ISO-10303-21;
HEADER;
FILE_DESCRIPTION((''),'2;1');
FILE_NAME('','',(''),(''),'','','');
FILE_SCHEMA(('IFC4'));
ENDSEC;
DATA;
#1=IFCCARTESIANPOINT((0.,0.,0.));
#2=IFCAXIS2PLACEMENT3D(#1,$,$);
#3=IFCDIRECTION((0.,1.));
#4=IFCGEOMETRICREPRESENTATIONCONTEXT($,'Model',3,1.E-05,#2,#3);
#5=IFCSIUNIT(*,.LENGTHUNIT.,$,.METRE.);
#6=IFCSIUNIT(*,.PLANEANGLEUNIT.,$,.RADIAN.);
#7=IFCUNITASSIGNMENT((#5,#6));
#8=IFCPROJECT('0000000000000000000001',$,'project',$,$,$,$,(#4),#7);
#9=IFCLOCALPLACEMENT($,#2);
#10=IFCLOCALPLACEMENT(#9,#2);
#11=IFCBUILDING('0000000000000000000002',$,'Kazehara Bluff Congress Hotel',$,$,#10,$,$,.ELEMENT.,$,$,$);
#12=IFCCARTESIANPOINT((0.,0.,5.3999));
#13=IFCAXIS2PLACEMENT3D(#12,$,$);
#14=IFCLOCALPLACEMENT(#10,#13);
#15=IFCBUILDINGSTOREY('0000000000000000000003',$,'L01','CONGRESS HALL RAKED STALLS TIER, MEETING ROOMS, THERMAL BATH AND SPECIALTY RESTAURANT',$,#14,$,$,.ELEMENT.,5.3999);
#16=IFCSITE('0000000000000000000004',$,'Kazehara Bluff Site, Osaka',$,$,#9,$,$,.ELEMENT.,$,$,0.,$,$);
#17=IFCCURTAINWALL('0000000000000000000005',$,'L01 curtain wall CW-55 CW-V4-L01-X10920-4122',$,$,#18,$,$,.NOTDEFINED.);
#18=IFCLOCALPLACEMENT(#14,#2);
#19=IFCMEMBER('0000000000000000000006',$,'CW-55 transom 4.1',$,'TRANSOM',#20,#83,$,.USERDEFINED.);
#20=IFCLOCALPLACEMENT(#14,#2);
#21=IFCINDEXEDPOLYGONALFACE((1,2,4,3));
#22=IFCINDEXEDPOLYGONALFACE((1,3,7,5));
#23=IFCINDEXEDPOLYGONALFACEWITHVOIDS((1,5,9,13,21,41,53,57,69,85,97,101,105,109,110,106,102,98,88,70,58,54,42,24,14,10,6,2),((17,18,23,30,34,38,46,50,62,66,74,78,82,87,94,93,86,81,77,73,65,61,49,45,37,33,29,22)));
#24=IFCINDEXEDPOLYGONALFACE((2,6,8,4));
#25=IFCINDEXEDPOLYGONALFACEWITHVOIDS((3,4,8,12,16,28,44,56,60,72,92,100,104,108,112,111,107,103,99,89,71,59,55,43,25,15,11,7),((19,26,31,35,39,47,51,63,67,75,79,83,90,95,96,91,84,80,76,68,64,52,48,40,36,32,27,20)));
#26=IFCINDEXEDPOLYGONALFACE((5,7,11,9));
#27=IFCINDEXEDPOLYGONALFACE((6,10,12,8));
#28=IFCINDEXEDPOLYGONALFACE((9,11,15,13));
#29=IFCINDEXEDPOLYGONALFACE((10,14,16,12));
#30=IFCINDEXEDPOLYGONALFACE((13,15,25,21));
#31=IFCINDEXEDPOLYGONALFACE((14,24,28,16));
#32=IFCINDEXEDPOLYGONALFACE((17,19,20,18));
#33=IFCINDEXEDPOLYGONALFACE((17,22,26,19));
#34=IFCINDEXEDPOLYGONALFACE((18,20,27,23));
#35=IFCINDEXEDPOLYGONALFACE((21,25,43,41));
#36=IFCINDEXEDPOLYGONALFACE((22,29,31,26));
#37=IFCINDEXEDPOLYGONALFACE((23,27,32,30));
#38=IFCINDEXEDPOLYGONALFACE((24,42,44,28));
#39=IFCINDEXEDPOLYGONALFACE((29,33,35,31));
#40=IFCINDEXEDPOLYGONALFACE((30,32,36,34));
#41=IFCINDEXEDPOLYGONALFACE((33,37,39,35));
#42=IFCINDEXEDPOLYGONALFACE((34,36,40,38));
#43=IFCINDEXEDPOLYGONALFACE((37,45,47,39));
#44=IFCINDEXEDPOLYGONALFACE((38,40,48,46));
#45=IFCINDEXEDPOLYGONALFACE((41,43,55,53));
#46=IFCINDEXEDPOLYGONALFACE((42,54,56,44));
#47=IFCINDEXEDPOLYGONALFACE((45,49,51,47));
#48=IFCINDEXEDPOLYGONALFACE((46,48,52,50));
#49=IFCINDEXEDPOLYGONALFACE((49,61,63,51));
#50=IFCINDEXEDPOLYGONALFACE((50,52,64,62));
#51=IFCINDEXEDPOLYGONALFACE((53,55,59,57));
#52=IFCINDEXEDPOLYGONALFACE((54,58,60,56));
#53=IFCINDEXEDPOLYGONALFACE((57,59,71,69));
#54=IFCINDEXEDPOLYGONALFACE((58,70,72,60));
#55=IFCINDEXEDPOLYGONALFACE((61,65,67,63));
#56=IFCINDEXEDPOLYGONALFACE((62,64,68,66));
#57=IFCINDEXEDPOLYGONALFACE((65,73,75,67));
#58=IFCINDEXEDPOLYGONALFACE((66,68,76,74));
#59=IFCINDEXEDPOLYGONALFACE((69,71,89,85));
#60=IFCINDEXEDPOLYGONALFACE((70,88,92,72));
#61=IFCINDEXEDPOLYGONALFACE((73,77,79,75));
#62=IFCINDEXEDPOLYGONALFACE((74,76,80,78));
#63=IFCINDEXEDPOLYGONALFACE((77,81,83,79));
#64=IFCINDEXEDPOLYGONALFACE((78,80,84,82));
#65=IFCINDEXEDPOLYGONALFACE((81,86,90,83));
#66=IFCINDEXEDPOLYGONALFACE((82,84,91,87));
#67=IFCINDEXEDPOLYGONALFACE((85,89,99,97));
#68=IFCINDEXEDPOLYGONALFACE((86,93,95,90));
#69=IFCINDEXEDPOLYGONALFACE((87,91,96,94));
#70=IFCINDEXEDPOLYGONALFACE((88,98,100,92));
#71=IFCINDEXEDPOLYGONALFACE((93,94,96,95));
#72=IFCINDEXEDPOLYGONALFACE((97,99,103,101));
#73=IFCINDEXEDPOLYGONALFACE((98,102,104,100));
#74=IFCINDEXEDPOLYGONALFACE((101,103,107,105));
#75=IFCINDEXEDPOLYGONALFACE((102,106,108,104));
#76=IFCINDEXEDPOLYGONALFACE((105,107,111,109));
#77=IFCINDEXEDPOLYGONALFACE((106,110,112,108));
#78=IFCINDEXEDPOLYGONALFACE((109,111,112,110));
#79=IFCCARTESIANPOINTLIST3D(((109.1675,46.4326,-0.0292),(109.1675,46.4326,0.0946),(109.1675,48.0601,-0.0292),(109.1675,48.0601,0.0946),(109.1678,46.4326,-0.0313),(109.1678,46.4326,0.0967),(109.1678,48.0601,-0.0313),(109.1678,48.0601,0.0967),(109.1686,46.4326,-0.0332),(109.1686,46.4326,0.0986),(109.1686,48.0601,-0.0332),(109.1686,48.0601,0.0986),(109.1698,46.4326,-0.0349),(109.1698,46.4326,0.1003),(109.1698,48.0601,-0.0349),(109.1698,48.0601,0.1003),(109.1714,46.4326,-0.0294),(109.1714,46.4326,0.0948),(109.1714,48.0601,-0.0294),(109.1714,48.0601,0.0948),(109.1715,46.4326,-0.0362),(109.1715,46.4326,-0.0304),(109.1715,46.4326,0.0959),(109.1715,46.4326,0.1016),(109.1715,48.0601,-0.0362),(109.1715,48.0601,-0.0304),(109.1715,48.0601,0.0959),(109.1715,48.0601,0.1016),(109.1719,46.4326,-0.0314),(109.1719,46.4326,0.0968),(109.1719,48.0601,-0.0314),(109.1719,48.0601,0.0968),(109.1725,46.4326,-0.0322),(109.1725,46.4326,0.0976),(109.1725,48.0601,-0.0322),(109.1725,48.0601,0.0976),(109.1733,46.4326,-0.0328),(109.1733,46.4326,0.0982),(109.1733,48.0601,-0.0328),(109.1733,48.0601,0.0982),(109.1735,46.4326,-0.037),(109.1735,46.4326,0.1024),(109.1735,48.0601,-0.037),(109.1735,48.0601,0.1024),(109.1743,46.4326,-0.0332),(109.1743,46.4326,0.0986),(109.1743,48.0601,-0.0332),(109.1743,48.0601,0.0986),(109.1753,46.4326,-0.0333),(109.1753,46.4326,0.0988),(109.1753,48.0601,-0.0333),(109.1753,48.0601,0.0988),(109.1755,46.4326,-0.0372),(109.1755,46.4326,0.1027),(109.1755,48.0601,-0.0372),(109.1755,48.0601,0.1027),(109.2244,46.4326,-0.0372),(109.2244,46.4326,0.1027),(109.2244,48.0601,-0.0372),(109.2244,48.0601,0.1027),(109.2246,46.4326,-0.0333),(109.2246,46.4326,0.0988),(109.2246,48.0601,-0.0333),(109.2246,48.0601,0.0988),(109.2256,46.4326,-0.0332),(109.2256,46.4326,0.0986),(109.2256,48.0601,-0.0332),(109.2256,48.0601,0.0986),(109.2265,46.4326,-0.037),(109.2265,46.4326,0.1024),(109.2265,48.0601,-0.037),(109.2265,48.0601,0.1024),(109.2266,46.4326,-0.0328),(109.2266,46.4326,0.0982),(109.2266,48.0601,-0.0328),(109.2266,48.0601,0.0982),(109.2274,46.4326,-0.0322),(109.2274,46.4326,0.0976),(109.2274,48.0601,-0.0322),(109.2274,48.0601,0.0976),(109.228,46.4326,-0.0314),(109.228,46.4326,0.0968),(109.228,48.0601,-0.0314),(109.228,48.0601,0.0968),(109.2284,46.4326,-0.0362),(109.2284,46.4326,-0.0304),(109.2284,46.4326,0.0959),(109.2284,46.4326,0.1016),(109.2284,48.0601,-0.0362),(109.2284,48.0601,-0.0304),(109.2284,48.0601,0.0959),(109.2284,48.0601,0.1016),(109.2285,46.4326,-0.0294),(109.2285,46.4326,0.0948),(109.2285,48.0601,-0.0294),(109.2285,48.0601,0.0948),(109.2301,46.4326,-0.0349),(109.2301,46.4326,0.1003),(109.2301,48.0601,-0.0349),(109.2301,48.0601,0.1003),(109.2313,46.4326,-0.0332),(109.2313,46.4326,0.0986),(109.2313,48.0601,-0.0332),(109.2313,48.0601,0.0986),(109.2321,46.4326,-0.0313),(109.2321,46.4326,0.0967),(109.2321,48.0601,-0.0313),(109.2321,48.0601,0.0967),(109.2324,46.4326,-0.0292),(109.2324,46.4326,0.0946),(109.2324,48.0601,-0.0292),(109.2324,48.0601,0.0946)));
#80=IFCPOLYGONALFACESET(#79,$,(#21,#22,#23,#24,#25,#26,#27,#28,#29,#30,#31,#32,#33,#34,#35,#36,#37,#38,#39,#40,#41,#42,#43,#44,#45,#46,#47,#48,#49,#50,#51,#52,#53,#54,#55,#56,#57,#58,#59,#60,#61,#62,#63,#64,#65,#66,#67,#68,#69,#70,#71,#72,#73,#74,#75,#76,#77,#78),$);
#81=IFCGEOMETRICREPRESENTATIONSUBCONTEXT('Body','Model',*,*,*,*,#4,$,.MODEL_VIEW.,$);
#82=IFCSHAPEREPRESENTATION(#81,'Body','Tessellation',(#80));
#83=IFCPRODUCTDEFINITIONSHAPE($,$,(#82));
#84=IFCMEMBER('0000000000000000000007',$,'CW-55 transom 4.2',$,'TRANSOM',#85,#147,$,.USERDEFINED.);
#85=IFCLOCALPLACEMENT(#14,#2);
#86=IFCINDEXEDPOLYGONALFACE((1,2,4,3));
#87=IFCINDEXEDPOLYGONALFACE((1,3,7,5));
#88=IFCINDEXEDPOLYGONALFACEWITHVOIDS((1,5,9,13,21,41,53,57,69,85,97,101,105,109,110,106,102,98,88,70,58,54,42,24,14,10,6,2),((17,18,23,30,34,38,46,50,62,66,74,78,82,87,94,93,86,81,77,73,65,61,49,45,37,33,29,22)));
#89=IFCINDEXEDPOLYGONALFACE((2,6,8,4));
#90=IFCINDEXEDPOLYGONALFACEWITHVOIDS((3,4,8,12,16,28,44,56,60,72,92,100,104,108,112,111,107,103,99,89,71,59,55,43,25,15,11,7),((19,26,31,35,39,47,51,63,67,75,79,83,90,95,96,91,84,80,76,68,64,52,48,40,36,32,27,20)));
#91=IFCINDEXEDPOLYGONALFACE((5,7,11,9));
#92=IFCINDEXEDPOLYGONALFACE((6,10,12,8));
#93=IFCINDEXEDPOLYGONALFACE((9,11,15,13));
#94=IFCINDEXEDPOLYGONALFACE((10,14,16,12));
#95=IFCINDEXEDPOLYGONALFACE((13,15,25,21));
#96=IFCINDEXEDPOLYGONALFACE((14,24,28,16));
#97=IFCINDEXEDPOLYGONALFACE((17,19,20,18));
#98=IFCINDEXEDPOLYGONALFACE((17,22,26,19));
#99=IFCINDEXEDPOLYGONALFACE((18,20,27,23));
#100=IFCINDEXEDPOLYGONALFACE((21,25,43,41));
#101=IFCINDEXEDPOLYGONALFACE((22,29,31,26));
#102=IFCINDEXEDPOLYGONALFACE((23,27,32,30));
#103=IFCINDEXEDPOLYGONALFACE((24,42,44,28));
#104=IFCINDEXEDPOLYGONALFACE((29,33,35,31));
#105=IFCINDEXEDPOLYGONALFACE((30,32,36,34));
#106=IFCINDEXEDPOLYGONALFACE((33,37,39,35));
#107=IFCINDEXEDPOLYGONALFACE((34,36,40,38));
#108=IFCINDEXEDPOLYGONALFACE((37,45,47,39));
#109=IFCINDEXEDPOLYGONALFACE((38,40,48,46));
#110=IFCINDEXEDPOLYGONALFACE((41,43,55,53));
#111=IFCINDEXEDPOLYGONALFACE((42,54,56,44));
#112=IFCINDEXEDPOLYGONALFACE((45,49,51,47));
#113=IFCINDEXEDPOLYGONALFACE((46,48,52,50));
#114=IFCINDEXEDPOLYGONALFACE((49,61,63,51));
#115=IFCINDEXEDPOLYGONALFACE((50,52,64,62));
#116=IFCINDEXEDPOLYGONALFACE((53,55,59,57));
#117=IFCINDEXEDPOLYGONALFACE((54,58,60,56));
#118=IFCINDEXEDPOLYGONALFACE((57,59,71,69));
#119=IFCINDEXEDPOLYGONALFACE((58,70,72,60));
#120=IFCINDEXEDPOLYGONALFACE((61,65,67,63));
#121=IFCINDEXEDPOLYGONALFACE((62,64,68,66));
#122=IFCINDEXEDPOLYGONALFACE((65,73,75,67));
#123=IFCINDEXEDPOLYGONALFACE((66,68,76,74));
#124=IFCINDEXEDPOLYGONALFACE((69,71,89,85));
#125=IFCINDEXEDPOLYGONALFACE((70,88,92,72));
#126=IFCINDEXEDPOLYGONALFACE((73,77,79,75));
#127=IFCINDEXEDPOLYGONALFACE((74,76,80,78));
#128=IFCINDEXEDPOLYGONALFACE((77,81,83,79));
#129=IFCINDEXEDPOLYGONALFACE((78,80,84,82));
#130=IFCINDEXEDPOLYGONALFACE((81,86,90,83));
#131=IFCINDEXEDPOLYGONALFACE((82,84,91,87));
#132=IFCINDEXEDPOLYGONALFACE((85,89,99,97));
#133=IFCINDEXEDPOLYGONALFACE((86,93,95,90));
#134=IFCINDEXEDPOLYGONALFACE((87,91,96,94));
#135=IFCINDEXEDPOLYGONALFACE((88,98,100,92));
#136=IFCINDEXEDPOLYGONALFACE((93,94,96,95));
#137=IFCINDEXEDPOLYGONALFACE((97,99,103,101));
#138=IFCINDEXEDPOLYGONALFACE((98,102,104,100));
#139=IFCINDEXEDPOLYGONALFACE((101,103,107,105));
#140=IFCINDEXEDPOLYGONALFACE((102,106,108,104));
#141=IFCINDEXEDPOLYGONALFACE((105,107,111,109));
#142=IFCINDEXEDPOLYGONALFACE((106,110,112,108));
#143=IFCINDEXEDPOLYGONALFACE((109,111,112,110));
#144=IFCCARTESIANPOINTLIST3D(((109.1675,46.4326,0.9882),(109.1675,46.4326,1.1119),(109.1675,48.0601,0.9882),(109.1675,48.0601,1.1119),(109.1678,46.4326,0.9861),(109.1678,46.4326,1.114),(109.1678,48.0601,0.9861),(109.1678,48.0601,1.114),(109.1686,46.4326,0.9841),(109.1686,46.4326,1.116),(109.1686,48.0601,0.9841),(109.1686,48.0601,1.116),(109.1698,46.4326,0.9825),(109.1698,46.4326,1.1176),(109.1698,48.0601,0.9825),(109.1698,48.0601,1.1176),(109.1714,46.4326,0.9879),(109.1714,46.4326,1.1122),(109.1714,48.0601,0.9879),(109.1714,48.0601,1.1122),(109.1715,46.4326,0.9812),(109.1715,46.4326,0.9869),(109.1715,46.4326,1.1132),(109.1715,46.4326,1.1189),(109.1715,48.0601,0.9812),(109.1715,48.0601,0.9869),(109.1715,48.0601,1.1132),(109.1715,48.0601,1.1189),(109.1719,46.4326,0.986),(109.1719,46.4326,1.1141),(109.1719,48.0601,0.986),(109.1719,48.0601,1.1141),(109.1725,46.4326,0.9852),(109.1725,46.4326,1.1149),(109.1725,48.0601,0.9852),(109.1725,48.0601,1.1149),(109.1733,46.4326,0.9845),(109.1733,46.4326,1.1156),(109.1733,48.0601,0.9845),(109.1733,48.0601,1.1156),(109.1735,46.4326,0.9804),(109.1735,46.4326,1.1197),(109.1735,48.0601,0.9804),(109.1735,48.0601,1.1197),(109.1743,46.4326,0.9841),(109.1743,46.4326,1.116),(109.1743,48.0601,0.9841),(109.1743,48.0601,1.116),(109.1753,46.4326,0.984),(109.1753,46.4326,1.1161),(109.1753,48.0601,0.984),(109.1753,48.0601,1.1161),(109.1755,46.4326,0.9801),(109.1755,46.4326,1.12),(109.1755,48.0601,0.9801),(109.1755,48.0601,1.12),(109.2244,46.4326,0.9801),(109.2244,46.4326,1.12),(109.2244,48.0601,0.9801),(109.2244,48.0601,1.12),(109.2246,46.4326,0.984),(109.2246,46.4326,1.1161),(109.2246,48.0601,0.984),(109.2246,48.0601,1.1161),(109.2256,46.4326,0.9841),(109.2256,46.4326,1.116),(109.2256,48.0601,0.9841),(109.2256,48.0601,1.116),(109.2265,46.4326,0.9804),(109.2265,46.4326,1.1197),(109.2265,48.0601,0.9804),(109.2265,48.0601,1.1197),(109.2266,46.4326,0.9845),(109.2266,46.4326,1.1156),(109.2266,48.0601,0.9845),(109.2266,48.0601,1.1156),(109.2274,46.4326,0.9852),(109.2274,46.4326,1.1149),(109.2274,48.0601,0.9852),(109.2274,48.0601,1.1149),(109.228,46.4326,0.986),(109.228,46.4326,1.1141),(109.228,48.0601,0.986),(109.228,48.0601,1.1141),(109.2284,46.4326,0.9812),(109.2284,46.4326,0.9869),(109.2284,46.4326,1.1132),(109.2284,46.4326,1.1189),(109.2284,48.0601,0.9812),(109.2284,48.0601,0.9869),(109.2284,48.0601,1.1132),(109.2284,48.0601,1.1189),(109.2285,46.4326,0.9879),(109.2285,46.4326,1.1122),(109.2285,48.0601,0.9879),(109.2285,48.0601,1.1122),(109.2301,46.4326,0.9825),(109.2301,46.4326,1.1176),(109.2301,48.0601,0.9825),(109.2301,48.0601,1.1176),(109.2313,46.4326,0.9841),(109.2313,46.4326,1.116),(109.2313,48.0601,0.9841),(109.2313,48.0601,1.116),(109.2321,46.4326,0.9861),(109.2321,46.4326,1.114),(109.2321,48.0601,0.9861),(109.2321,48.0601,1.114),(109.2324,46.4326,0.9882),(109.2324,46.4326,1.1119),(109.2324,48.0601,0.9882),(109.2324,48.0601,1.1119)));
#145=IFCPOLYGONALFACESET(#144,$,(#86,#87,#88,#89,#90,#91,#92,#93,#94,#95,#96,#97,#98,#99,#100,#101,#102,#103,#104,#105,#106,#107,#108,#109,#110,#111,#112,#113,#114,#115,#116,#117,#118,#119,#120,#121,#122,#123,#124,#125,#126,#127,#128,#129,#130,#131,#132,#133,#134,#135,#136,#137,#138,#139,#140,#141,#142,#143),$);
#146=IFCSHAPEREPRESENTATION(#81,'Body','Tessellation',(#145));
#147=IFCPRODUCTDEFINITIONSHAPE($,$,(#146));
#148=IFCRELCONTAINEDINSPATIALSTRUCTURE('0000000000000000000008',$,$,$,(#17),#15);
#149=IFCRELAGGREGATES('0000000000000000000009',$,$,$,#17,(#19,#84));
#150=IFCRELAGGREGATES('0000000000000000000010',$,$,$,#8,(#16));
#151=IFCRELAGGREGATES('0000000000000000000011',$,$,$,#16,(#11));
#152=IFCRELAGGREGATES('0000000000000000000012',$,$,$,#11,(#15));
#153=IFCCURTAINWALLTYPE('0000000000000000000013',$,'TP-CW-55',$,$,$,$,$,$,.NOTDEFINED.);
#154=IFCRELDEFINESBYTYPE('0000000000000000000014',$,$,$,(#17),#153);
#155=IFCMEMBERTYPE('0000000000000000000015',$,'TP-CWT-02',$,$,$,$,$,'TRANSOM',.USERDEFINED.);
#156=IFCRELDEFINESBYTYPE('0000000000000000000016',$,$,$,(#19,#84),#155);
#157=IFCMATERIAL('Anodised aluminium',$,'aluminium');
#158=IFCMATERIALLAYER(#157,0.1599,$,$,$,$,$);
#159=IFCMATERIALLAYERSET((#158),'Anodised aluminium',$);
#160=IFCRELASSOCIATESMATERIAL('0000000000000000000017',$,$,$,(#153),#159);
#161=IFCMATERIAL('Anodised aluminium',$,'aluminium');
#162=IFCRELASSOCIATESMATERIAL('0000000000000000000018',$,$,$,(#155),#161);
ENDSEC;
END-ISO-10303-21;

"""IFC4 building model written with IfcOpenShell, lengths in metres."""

from ifc_helpers import new_model, si_unit, direction, frame, origin, origin_2d, place, context, subcontext, project, spatial, hollow_rectangle, extrude, material, layer, layer_set, material_profile, profile_set, type_object, element, aggregate, save


model = new_model("IFC4")

# Units and contexts
model_context = context("Model", 3, precision=1e-05, world=origin(), true_north=direction((0.0, 1.0)))
body_context = subcontext(model_context, "Body", "Model", "MODEL_VIEW")
ifc_project = project(units=[si_unit("LENGTHUNIT", "METRE"), si_unit("PLANEANGLEUNIT", "RADIAN")], contexts=[model_context])

# Site, building, storey
site_placement = place(None, origin())
site = spatial("IfcSite", under=ifc_project, at=site_placement, Name="Kazehara Bluff Site, Osaka", CompositionType="ELEMENT", RefElevation=0.0)
building_placement = place(site_placement, origin())
building = spatial("IfcBuilding", under=site, at=building_placement, Name="Kazehara Bluff Congress Hotel", CompositionType="ELEMENT")
storey_placement = place(building_placement, frame((0.0, 0.0, 5.3999)))
storey = spatial("IfcBuildingStorey", under=building, at=storey_placement, Name="L01", Description="CONGRESS HALL RAKED STALLS TIER, MEETING ROOMS, THERMAL BATH AND SPECIALTY RESTAURANT", CompositionType="ELEMENT", Elevation=5.3999)

# Curtain wall
ifc_material_1 = material(Name="Anodised aluminium", Category="aluminium")
ifc_layer_1 = layer(ifc_material_1, 0.1599)
ifc_layer_set_1 = layer_set([ifc_layer_1], Name="Anodised aluminium")
curtain_wall_type_1 = type_object("IfcCurtainWallType", Name="TP-CW-55", PredefinedType="NOTDEFINED", material=ifc_layer_set_1)
curtain_wall_1_placement = place(storey_placement, origin())
curtain_wall_1 = element("IfcCurtainWall", 1, at=curtain_wall_1_placement, inside=storey, type_object=curtain_wall_type_1, Name="L01 curtain wall CW-55 CW-V4-L01-X10920-4122", PredefinedType="NOTDEFINED")

# Members
ifc_material_2 = material(Name="Anodised aluminium", Category="aluminium")
ifc_material_profile_1 = material_profile(ifc_material_2, hollow_rectangle(XDim=0.0649, YDim=0.1399, WallThickness=0.0039, InnerFilletRadius=0.0039, OuterFilletRadius=0.0081, at=origin_2d()))
ifc_profile_set_1 = profile_set([ifc_material_profile_1], Name="Anodised aluminium")
member_type_1 = type_object("IfcMemberType", Name="TP-CWT-02", ElementType="TRANSOM", PredefinedType="USERDEFINED", material=ifc_profile_set_1)
member_1_placement = place(storey_placement, frame((109.2, 46.4326, 0.0327), z_axis=(0.0, 1.0, 0.0), x_axis=(-1.0, 0.0, 0.0)))
member_1 = element("IfcMember", 2, at=member_1_placement, type_object=member_type_1, Name="CW-55 transom 4.1", ObjectType="TRANSOM", PredefinedType="USERDEFINED", context=body_context, shape_type="SweptSolid", body=[
    extrude(hollow_rectangle(XDim=0.0649, YDim=0.1399, WallThickness=0.0039, InnerFilletRadius=0.0039, OuterFilletRadius=0.0081, at=origin_2d()), origin(), (0.0, 0.0, 1.0), 1.6274),
])
member_2_placement = place(storey_placement, frame((109.2, 46.4326, 1.05), z_axis=(0.0, 1.0, 0.0), x_axis=(-1.0, 0.0, 0.0)))
member_2 = element("IfcMember", 3, at=member_2_placement, type_object=member_type_1, Name="CW-55 transom 4.2", ObjectType="TRANSOM", PredefinedType="USERDEFINED", context=body_context, shape_type="SweptSolid", body=[
    extrude(hollow_rectangle(XDim=0.0649, YDim=0.1399, WallThickness=0.0039, InnerFilletRadius=0.0039, OuterFilletRadius=0.0081, at=origin_2d()), origin(), (0.0, 0.0, 1.0), 1.6274),
])

aggregate(curtain_wall_1, [member_1, member_2])

save(model, "model.ifc")
